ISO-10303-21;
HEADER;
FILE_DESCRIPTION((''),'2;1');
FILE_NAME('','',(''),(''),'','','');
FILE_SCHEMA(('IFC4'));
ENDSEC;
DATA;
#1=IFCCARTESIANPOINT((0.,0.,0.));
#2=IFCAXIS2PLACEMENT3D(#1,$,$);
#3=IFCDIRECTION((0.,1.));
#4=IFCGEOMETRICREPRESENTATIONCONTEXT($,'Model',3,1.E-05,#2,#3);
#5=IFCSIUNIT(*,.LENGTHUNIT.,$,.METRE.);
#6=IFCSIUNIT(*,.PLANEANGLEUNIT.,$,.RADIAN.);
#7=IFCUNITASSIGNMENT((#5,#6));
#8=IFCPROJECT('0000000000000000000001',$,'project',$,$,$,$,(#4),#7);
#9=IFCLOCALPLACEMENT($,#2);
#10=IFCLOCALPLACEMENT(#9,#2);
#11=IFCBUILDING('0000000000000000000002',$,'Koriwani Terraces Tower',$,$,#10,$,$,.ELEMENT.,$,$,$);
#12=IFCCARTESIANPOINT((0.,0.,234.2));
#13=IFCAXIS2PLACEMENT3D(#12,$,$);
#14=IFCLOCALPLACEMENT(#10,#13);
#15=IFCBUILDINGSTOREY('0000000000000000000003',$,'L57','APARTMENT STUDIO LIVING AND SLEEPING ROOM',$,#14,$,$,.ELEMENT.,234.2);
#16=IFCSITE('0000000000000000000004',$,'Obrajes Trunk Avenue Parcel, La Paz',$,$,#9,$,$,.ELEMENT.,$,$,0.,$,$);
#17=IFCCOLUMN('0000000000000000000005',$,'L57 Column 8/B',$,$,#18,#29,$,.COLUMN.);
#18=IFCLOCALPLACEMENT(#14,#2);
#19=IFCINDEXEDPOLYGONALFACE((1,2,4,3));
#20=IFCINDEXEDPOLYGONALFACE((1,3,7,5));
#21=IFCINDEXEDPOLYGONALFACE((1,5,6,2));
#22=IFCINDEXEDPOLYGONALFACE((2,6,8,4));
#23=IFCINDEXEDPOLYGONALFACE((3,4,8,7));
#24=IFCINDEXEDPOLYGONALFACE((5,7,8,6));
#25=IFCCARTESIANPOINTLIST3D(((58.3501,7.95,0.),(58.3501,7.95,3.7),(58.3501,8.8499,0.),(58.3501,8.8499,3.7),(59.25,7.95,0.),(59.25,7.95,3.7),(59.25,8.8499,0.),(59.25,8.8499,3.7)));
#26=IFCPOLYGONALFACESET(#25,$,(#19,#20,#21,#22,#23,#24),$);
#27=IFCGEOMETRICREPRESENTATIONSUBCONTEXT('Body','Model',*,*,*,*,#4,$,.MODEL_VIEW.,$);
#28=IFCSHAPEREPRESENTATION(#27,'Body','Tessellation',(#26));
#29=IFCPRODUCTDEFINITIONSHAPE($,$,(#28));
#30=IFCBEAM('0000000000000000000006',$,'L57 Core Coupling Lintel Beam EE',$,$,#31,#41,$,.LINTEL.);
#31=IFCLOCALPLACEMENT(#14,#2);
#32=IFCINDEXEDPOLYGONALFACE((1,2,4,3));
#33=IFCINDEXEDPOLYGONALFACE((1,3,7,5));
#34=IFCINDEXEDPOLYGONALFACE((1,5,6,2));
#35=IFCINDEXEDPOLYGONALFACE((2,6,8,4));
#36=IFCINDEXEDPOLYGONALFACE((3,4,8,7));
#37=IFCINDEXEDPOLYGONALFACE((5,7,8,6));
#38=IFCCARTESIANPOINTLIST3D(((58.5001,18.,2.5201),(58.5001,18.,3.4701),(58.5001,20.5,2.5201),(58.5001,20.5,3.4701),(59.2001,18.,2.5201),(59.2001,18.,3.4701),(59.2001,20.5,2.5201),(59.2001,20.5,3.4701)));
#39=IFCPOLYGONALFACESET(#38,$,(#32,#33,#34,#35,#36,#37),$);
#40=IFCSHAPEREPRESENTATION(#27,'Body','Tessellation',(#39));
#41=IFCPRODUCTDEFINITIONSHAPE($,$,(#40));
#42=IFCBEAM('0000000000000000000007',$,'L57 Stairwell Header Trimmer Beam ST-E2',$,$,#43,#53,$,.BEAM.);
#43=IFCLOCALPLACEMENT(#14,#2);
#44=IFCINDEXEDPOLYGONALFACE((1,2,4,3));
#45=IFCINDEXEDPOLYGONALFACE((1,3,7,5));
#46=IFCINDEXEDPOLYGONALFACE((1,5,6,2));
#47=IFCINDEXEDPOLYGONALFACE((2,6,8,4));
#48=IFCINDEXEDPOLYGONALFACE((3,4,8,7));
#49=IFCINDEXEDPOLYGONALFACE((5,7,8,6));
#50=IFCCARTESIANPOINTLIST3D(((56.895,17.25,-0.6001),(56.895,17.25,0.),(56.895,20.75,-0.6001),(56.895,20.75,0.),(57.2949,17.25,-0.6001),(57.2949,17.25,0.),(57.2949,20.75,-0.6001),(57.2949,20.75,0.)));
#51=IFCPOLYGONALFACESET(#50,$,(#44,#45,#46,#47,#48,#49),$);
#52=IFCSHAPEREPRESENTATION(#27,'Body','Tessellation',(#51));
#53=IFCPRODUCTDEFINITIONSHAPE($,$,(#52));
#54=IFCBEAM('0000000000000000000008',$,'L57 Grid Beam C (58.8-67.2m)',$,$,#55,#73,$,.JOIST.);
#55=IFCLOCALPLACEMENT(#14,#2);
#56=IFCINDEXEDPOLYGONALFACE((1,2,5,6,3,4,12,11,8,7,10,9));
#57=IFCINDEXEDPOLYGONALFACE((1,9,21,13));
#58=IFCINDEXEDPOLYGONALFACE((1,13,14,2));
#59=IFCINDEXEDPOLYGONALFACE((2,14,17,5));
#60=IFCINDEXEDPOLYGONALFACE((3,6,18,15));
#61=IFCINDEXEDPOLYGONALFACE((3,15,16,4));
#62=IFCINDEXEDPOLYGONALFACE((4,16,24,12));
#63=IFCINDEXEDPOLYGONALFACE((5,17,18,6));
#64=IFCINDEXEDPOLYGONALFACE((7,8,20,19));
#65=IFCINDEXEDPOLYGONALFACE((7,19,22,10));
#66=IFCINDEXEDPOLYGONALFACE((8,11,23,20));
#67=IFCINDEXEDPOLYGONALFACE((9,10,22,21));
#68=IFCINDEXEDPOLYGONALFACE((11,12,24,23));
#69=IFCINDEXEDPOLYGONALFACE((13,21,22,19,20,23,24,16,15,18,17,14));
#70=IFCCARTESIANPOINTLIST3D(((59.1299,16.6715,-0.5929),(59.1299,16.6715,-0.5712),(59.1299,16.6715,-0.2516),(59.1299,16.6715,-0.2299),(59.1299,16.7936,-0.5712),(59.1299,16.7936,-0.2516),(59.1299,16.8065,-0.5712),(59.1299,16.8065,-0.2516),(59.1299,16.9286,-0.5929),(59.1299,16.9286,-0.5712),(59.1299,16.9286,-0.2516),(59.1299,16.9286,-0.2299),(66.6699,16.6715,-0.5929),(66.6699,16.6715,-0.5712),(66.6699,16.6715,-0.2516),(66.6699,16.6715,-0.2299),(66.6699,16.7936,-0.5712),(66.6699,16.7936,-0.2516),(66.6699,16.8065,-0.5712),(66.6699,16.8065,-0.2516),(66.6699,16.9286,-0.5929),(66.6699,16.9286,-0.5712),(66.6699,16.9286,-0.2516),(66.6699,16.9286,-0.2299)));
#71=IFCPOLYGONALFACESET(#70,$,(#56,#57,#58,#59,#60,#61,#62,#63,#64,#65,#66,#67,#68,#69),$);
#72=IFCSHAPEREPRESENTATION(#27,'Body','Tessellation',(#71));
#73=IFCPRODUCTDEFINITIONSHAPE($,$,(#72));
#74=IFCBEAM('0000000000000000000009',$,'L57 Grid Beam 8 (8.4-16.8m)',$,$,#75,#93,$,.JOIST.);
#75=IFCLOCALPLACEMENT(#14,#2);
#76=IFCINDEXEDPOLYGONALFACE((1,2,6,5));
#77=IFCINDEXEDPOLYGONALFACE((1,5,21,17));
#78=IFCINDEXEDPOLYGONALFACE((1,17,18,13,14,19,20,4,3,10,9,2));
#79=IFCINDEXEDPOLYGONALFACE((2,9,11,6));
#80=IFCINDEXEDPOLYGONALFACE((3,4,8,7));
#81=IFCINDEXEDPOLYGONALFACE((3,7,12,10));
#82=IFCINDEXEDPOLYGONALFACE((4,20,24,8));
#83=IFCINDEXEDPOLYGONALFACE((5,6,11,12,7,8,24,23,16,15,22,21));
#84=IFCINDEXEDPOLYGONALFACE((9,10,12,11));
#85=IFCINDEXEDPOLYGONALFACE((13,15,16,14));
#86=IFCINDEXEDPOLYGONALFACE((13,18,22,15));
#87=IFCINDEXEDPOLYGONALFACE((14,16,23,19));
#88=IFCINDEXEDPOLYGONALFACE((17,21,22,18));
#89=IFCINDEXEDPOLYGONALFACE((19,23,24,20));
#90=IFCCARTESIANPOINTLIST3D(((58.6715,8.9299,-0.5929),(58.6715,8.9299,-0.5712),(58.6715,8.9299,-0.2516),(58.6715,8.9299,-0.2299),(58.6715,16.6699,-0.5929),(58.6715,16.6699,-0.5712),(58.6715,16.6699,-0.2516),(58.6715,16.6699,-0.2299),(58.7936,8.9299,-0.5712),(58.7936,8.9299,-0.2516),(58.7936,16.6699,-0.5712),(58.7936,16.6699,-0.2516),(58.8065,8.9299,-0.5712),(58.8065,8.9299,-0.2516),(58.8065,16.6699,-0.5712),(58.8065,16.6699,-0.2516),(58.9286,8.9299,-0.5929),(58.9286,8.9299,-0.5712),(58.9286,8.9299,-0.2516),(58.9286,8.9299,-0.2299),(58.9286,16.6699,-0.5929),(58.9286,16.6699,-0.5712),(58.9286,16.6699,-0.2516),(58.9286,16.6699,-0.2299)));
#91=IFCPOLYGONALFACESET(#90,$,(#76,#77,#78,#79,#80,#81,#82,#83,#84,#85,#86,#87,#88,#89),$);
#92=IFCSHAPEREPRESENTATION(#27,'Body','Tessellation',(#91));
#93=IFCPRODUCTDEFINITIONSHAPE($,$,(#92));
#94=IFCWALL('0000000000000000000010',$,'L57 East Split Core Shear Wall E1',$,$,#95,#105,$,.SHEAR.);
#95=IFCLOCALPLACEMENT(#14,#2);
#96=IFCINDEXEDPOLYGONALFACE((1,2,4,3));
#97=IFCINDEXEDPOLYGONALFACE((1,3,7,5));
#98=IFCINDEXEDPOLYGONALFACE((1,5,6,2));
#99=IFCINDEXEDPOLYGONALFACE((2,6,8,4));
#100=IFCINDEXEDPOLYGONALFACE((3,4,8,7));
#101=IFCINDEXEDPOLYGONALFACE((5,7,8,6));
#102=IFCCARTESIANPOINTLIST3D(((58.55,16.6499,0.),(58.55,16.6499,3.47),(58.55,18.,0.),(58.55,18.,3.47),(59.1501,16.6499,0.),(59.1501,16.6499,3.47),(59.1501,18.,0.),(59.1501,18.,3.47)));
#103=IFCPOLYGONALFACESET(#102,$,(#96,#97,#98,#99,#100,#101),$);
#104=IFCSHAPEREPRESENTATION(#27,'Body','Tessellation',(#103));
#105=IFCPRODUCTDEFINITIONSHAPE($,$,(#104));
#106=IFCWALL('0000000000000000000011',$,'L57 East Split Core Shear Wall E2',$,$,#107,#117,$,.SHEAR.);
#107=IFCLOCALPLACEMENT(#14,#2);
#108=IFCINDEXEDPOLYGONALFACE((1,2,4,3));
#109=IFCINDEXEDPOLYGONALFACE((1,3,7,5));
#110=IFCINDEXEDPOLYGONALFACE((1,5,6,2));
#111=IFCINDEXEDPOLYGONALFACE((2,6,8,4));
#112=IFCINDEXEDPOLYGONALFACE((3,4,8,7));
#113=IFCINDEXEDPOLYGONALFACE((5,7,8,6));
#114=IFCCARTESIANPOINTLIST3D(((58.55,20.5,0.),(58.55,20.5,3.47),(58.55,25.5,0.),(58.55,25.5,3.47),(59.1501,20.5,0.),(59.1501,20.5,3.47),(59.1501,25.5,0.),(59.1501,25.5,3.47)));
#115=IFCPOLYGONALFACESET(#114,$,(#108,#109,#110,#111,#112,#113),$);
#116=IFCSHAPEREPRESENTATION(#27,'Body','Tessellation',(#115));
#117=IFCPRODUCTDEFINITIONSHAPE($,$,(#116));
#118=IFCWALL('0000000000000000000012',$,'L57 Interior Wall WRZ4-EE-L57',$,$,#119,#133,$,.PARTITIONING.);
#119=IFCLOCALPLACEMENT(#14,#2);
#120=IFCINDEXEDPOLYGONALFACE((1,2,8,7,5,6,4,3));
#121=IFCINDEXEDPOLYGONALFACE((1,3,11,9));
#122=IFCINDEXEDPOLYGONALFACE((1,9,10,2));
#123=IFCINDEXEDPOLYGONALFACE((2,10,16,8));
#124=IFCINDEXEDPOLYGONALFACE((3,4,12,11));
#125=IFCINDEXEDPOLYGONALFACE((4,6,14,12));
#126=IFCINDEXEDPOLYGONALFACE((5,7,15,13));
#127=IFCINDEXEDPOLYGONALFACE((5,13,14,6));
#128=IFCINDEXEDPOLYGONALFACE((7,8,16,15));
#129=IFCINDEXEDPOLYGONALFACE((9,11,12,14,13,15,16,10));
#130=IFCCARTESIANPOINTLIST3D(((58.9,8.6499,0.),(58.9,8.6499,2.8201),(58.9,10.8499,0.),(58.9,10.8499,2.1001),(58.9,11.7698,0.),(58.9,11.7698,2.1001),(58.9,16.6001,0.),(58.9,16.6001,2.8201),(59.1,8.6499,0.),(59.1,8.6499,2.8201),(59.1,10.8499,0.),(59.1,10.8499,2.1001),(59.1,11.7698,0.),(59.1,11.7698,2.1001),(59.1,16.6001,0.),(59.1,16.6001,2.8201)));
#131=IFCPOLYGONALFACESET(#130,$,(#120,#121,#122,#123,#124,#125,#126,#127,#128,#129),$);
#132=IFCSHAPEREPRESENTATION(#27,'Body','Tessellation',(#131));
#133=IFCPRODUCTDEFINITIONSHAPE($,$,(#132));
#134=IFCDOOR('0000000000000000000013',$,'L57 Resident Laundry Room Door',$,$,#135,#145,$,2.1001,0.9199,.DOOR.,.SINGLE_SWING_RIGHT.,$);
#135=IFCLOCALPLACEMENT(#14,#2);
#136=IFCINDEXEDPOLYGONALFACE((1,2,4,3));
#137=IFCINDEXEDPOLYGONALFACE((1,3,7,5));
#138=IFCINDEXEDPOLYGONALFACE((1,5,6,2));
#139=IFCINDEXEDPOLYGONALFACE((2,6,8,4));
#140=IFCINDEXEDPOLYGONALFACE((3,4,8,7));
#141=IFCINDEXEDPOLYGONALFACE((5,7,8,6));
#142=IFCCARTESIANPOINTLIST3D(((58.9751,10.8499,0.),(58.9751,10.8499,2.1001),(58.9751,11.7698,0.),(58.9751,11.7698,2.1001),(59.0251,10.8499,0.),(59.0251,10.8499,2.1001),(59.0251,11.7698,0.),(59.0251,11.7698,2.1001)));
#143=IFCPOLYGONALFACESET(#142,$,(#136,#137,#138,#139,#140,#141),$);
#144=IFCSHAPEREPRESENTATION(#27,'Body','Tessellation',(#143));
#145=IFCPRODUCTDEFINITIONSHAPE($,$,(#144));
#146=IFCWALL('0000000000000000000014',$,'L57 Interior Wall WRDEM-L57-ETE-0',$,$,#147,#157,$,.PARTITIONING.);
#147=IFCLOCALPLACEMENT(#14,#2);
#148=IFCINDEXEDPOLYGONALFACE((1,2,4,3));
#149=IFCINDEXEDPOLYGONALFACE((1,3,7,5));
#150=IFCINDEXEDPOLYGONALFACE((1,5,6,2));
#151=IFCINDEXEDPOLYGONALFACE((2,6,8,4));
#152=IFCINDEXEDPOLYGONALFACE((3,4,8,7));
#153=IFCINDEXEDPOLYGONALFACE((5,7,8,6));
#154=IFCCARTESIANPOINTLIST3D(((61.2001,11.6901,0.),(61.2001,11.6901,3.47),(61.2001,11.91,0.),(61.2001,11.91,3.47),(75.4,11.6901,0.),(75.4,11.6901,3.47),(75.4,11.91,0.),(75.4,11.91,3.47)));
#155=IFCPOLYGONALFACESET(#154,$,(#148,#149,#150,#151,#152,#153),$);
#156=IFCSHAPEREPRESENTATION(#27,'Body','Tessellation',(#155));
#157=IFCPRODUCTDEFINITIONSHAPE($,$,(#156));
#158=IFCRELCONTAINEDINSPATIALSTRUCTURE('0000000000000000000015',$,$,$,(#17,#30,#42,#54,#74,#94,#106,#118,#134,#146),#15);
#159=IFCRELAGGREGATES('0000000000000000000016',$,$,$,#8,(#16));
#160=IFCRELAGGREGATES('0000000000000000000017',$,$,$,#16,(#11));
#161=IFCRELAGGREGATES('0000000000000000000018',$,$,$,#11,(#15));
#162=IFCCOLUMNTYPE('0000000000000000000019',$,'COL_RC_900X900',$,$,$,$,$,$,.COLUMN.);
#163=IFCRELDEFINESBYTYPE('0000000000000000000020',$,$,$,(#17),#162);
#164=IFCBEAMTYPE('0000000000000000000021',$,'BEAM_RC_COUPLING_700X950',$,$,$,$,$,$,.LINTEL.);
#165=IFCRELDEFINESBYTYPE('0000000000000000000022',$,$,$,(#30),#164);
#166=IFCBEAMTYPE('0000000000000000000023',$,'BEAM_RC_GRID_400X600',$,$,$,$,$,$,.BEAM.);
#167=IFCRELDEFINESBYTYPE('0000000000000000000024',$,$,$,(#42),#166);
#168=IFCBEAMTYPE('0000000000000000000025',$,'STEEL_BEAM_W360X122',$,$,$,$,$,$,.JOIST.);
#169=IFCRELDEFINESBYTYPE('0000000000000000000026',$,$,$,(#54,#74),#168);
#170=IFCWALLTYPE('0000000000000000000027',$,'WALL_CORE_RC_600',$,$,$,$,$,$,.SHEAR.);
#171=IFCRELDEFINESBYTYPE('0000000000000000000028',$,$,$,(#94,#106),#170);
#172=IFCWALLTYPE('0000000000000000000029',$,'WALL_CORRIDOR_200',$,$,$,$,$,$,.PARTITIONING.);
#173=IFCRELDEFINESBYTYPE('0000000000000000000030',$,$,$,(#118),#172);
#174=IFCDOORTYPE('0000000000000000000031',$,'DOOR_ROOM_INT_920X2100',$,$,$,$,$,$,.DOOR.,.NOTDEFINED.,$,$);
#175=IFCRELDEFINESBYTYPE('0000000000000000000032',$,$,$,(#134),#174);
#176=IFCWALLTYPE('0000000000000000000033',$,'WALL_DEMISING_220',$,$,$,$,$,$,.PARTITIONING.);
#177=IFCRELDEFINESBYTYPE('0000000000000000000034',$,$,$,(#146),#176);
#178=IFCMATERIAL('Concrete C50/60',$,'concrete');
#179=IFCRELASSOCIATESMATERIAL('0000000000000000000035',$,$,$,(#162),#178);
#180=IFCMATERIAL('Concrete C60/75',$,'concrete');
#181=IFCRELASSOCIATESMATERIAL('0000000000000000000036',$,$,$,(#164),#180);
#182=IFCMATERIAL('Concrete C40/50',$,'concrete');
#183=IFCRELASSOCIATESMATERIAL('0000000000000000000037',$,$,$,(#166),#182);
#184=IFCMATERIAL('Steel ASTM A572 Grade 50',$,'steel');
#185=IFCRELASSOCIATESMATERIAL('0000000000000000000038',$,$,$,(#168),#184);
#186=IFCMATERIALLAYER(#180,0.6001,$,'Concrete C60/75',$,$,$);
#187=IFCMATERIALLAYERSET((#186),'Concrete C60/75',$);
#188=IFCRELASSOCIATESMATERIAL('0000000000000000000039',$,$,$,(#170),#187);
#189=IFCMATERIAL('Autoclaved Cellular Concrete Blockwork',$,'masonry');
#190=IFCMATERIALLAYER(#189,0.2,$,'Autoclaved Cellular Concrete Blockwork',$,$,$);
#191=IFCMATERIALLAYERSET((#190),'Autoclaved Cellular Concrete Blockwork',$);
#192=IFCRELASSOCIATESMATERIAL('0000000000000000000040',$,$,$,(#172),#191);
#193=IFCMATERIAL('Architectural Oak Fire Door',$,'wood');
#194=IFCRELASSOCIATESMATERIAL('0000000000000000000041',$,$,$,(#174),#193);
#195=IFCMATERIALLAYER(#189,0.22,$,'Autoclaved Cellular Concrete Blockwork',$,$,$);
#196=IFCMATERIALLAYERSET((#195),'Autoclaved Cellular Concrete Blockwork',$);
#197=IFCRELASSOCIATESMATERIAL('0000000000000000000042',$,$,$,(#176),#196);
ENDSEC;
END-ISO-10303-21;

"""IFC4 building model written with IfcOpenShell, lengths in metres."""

from ifc_helpers import new_model, si_unit, direction, frame, frame_2d, origin, origin_2d, place, context, subcontext, project, spatial, rectangle, i_section, extrude, material, layer, layer_set, material_profile, profile_set, type_object, element, fill, save


model = new_model("IFC4")

# Units and contexts
model_context = context("Model", 3, precision=1e-05, world=origin(), true_north=direction((0.0, 1.0)))
body_context = subcontext(model_context, "Body", "Model", "MODEL_VIEW")
ifc_project = project(units=[si_unit("LENGTHUNIT", "METRE"), si_unit("PLANEANGLEUNIT", "RADIAN")], contexts=[model_context])

# Site, building, storey
site_placement = place(None, origin())
site = spatial("IfcSite", under=ifc_project, at=site_placement, Name="Obrajes Trunk Avenue Parcel, La Paz", CompositionType="ELEMENT", RefElevation=0.0)
building_placement = place(site_placement, origin())
building = spatial("IfcBuilding", under=site, at=building_placement, Name="Koriwani Terraces Tower", CompositionType="ELEMENT")
storey_placement = place(building_placement, frame((0.0, 0.0, 234.2)))
storey = spatial("IfcBuildingStorey", under=building, at=storey_placement, Name="L57", Description="APARTMENT STUDIO LIVING AND SLEEPING ROOM", CompositionType="ELEMENT", Elevation=234.2)

# Column
ifc_material_1 = material(Name="Concrete C50/60", Category="concrete")
ifc_material_profile_1 = material_profile(ifc_material_1, rectangle(XDim=0.8999, YDim=0.8999, at=origin_2d()), Name="Concrete C50/60", Category="LoadBearing")
ifc_profile_set_1 = profile_set([ifc_material_profile_1], Name="Concrete C50/60")
column_type = type_object("IfcColumnType", Name="COL_RC_900X900", PredefinedType="COLUMN", material=ifc_profile_set_1)
column_placement = place(storey_placement, frame((58.8, 8.3999, 0.0), z_axis=(0.0, 0.0, 1.0), x_axis=(1.0, 0.0, 0.0)))
element("IfcColumn", 1, at=column_placement, inside=storey, type_object=column_type, Name="L57 Column 8/B", PredefinedType="COLUMN", context=body_context, shape_type="SweptSolid", body=[
    extrude(rectangle(XDim=0.8999, YDim=0.8999, at=origin_2d()), origin(), (0.0, 0.0, 1.0), 3.7),
])

# Beams
ifc_material_2 = material(Name="Concrete C60/75", Category="concrete")
ifc_material_profile_2 = material_profile(ifc_material_2, rectangle(XDim=0.7, YDim=0.95, at=origin_2d()), Name="Concrete C60/75", Category="LoadBearing")
ifc_profile_set_2 = profile_set([ifc_material_profile_2], Name="Concrete C60/75")
beam_type_1 = type_object("IfcBeamType", Name="BEAM_RC_COUPLING_700X950", PredefinedType="LINTEL", material=ifc_profile_set_2)
beam_1_placement = place(storey_placement, frame((58.8501, 18.0, 2.9951), z_axis=(0.0, 1.0, 0.0), x_axis=(-1.0, 0.0, 0.0)))
element("IfcBeam", 2, at=beam_1_placement, inside=storey, type_object=beam_type_1, Name="L57 Core Coupling Lintel Beam EE", PredefinedType="LINTEL", context=body_context, shape_type="SweptSolid", body=[
    extrude(rectangle(XDim=0.7, YDim=0.95, at=origin_2d()), origin(), (0.0, 0.0, 1.0), 2.5),
])
ifc_material_3 = material(Name="Concrete C40/50", Category="concrete")
ifc_material_profile_3 = material_profile(ifc_material_3, rectangle(XDim=0.3999, YDim=0.6001, at=origin_2d()), Name="Concrete C40/50", Category="LoadBearing")
ifc_profile_set_3 = profile_set([ifc_material_profile_3], Name="Concrete C40/50")
beam_type_2 = type_object("IfcBeamType", Name="BEAM_RC_GRID_400X600", PredefinedType="BEAM", material=ifc_profile_set_3)
beam_2_placement = place(storey_placement, frame((57.095, 17.25, -0.3), z_axis=(0.0, 1.0, 0.0), x_axis=(-1.0, 0.0, 0.0)))
element("IfcBeam", 3, at=beam_2_placement, inside=storey, type_object=beam_type_2, Name="L57 Stairwell Header Trimmer Beam ST-E2", PredefinedType="BEAM", context=body_context, shape_type="SweptSolid", body=[
    extrude(rectangle(XDim=0.3999, YDim=0.6001, at=origin_2d()), origin(), (0.0, 0.0, 1.0), 3.5),
])
ifc_material_4 = material(Name="Steel ASTM A572 Grade 50", Category="steel")
ifc_material_profile_4 = material_profile(ifc_material_4, i_section(OverallWidth=0.2571, OverallDepth=0.363, WebThickness=0.0129, FlangeThickness=0.0217, at=origin_2d()), Name="Steel ASTM A572 Grade 50", Category="LoadBearing")
ifc_profile_set_4 = profile_set([ifc_material_profile_4], Name="Steel ASTM A572 Grade 50")
beam_type_3 = type_object("IfcBeamType", Name="STEEL_BEAM_W360X122", PredefinedType="JOIST", material=ifc_profile_set_4)
beam_3_placement = place(storey_placement, frame((59.1299, 16.8, -0.4114), z_axis=(1.0, 0.0, 0.0), x_axis=(0.0, 1.0, 0.0)))
element("IfcBeam", 4, at=beam_3_placement, inside=storey, type_object=beam_type_3, Name="L57 Grid Beam C (58.8-67.2m)", PredefinedType="JOIST", context=body_context, shape_type="SweptSolid", body=[
    extrude(i_section(OverallWidth=0.2571, OverallDepth=0.363, WebThickness=0.0129, FlangeThickness=0.0217, at=origin_2d()), origin(), (0.0, 0.0, 1.0), 7.54),
])
beam_4_placement = place(storey_placement, frame((58.8, 8.9299, -0.4114), z_axis=(0.0, 1.0, 0.0), x_axis=(-1.0, 0.0, 0.0)))
element("IfcBeam", 5, at=beam_4_placement, inside=storey, type_object=beam_type_3, Name="L57 Grid Beam 8 (8.4-16.8m)", PredefinedType="JOIST", context=body_context, shape_type="SweptSolid", body=[
    extrude(i_section(OverallWidth=0.2571, OverallDepth=0.363, WebThickness=0.0129, FlangeThickness=0.0217, at=origin_2d()), origin(), (0.0, 0.0, 1.0), 7.74),
])

# Walls
ifc_layer_1 = layer(ifc_material_2, 0.6001, Name="Concrete C60/75")
ifc_layer_set_1 = layer_set([ifc_layer_1], Name="Concrete C60/75")
wall_type_1 = type_object("IfcWallType", Name="WALL_CORE_RC_600", PredefinedType="SHEAR", material=ifc_layer_set_1)
wall_1_placement = place(storey_placement, frame((58.8501, 16.6499, 0.0), z_axis=(0.0, 0.0, 1.0), x_axis=(0.0, 1.0, 0.0)))
element("IfcWall", 6, at=wall_1_placement, inside=storey, type_object=wall_type_1, Name="L57 East Split Core Shear Wall E1", PredefinedType="SHEAR", context=body_context, shape_type="SweptSolid", body=[
    extrude(rectangle(XDim=1.3501, YDim=0.6001, at=frame_2d((0.675, 0.0))), origin(), (0.0, 0.0, 1.0), 3.47),
])
wall_2_placement = place(storey_placement, frame((58.8501, 20.5, 0.0), z_axis=(0.0, 0.0, 1.0), x_axis=(0.0, 1.0, 0.0)))
element("IfcWall", 7, at=wall_2_placement, inside=storey, type_object=wall_type_1, Name="L57 East Split Core Shear Wall E2", PredefinedType="SHEAR", context=body_context, shape_type="SweptSolid", body=[
    extrude(rectangle(XDim=5.0, YDim=0.6001, at=frame_2d((2.5, 0.0))), origin(), (0.0, 0.0, 1.0), 3.47),
])

# Wall, opening, door
ifc_material_5 = material(Name="Autoclaved Cellular Concrete Blockwork", Category="masonry")
ifc_layer_2 = layer(ifc_material_5, 0.2, Name="Autoclaved Cellular Concrete Blockwork")
ifc_layer_set_2 = layer_set([ifc_layer_2], Name="Autoclaved Cellular Concrete Blockwork")
wall_type_2 = type_object("IfcWallType", Name="WALL_CORRIDOR_200", PredefinedType="PARTITIONING", material=ifc_layer_set_2)
wall_3_placement = place(storey_placement, frame((59.0, 8.6499, 0.0), z_axis=(0.0, 0.0, 1.0), x_axis=(0.0, 1.0, 0.0)))
wall_3 = element("IfcWall", 8, at=wall_3_placement, inside=storey, type_object=wall_type_2, Name="L57 Interior Wall WRZ4-EE-L57", PredefinedType="PARTITIONING", context=body_context, shape_type="SweptSolid", body=[
    extrude(rectangle(XDim=7.9502, YDim=0.2, at=frame_2d((3.9751, 0.0))), origin(), (0.0, 0.0, 1.0), 2.8201),
])
opening_1_placement = place(wall_3_placement, frame((2.2, 0.0, 0.0)))
opening_1 = element("IfcOpeningElement", 9, at=opening_1_placement, cuts=wall_3, PredefinedType="OPENING", context=body_context, shape_type="SweptSolid", body=[
    extrude(rectangle(XDim=0.9199, YDim=2.1001, at=frame_2d((0.46, 1.05))), frame((0.0, 0.1099, 0.0), z_axis=(0.0, -1.0, 0.0), x_axis=(1.0, 0.0, 0.0)), (0.0, 0.0, 1.0), 0.22),
])
ifc_material_6 = material(Name="Architectural Oak Fire Door", Category="wood")
door_type_1 = type_object("IfcDoorType", Name="DOOR_ROOM_INT_920X2100", OperationType="NOTDEFINED", PredefinedType="DOOR", material=ifc_material_6)
door_1_placement = place(opening_1_placement, origin())
door_1 = element("IfcDoor", 10, at=door_1_placement, inside=storey, type_object=door_type_1, Name="L57 Resident Laundry Room Door", OperationType="SINGLE_SWING_RIGHT", OverallHeight=2.1001, OverallWidth=0.9199, PredefinedType="DOOR", context=body_context, shape_type="SweptSolid", body=[
    extrude(rectangle(XDim=0.9199, YDim=2.1001, at=frame_2d((0.46, 1.05))), frame((0.0, 0.0249, 0.0), z_axis=(0.0, -1.0, 0.0), x_axis=(1.0, 0.0, 0.0)), (0.0, 0.0, 1.0), 0.05),
])
fill(opening_1, door_1)

# Wall
ifc_layer_3 = layer(ifc_material_5, 0.22, Name="Autoclaved Cellular Concrete Blockwork")
ifc_layer_set_3 = layer_set([ifc_layer_3], Name="Autoclaved Cellular Concrete Blockwork")
wall_type_3 = type_object("IfcWallType", Name="WALL_DEMISING_220", PredefinedType="PARTITIONING", material=ifc_layer_set_3)
wall_4_placement = place(storey_placement, frame((61.2, 11.8, 0.0), z_axis=(0.0, 0.0, 1.0), x_axis=(1.0, 0.0, 0.0)))
element("IfcWall", 11, at=wall_4_placement, inside=storey, type_object=wall_type_3, Name="L57 Interior Wall WRDEM-L57-ETE-0", PredefinedType="PARTITIONING", context=body_context, shape_type="SweptSolid", body=[
    extrude(rectangle(XDim=14.2, YDim=0.22, at=frame_2d((7.1001, 0.0))), origin(), (0.0, 0.0, 1.0), 3.47),
])

save(model, "model.ifc")
